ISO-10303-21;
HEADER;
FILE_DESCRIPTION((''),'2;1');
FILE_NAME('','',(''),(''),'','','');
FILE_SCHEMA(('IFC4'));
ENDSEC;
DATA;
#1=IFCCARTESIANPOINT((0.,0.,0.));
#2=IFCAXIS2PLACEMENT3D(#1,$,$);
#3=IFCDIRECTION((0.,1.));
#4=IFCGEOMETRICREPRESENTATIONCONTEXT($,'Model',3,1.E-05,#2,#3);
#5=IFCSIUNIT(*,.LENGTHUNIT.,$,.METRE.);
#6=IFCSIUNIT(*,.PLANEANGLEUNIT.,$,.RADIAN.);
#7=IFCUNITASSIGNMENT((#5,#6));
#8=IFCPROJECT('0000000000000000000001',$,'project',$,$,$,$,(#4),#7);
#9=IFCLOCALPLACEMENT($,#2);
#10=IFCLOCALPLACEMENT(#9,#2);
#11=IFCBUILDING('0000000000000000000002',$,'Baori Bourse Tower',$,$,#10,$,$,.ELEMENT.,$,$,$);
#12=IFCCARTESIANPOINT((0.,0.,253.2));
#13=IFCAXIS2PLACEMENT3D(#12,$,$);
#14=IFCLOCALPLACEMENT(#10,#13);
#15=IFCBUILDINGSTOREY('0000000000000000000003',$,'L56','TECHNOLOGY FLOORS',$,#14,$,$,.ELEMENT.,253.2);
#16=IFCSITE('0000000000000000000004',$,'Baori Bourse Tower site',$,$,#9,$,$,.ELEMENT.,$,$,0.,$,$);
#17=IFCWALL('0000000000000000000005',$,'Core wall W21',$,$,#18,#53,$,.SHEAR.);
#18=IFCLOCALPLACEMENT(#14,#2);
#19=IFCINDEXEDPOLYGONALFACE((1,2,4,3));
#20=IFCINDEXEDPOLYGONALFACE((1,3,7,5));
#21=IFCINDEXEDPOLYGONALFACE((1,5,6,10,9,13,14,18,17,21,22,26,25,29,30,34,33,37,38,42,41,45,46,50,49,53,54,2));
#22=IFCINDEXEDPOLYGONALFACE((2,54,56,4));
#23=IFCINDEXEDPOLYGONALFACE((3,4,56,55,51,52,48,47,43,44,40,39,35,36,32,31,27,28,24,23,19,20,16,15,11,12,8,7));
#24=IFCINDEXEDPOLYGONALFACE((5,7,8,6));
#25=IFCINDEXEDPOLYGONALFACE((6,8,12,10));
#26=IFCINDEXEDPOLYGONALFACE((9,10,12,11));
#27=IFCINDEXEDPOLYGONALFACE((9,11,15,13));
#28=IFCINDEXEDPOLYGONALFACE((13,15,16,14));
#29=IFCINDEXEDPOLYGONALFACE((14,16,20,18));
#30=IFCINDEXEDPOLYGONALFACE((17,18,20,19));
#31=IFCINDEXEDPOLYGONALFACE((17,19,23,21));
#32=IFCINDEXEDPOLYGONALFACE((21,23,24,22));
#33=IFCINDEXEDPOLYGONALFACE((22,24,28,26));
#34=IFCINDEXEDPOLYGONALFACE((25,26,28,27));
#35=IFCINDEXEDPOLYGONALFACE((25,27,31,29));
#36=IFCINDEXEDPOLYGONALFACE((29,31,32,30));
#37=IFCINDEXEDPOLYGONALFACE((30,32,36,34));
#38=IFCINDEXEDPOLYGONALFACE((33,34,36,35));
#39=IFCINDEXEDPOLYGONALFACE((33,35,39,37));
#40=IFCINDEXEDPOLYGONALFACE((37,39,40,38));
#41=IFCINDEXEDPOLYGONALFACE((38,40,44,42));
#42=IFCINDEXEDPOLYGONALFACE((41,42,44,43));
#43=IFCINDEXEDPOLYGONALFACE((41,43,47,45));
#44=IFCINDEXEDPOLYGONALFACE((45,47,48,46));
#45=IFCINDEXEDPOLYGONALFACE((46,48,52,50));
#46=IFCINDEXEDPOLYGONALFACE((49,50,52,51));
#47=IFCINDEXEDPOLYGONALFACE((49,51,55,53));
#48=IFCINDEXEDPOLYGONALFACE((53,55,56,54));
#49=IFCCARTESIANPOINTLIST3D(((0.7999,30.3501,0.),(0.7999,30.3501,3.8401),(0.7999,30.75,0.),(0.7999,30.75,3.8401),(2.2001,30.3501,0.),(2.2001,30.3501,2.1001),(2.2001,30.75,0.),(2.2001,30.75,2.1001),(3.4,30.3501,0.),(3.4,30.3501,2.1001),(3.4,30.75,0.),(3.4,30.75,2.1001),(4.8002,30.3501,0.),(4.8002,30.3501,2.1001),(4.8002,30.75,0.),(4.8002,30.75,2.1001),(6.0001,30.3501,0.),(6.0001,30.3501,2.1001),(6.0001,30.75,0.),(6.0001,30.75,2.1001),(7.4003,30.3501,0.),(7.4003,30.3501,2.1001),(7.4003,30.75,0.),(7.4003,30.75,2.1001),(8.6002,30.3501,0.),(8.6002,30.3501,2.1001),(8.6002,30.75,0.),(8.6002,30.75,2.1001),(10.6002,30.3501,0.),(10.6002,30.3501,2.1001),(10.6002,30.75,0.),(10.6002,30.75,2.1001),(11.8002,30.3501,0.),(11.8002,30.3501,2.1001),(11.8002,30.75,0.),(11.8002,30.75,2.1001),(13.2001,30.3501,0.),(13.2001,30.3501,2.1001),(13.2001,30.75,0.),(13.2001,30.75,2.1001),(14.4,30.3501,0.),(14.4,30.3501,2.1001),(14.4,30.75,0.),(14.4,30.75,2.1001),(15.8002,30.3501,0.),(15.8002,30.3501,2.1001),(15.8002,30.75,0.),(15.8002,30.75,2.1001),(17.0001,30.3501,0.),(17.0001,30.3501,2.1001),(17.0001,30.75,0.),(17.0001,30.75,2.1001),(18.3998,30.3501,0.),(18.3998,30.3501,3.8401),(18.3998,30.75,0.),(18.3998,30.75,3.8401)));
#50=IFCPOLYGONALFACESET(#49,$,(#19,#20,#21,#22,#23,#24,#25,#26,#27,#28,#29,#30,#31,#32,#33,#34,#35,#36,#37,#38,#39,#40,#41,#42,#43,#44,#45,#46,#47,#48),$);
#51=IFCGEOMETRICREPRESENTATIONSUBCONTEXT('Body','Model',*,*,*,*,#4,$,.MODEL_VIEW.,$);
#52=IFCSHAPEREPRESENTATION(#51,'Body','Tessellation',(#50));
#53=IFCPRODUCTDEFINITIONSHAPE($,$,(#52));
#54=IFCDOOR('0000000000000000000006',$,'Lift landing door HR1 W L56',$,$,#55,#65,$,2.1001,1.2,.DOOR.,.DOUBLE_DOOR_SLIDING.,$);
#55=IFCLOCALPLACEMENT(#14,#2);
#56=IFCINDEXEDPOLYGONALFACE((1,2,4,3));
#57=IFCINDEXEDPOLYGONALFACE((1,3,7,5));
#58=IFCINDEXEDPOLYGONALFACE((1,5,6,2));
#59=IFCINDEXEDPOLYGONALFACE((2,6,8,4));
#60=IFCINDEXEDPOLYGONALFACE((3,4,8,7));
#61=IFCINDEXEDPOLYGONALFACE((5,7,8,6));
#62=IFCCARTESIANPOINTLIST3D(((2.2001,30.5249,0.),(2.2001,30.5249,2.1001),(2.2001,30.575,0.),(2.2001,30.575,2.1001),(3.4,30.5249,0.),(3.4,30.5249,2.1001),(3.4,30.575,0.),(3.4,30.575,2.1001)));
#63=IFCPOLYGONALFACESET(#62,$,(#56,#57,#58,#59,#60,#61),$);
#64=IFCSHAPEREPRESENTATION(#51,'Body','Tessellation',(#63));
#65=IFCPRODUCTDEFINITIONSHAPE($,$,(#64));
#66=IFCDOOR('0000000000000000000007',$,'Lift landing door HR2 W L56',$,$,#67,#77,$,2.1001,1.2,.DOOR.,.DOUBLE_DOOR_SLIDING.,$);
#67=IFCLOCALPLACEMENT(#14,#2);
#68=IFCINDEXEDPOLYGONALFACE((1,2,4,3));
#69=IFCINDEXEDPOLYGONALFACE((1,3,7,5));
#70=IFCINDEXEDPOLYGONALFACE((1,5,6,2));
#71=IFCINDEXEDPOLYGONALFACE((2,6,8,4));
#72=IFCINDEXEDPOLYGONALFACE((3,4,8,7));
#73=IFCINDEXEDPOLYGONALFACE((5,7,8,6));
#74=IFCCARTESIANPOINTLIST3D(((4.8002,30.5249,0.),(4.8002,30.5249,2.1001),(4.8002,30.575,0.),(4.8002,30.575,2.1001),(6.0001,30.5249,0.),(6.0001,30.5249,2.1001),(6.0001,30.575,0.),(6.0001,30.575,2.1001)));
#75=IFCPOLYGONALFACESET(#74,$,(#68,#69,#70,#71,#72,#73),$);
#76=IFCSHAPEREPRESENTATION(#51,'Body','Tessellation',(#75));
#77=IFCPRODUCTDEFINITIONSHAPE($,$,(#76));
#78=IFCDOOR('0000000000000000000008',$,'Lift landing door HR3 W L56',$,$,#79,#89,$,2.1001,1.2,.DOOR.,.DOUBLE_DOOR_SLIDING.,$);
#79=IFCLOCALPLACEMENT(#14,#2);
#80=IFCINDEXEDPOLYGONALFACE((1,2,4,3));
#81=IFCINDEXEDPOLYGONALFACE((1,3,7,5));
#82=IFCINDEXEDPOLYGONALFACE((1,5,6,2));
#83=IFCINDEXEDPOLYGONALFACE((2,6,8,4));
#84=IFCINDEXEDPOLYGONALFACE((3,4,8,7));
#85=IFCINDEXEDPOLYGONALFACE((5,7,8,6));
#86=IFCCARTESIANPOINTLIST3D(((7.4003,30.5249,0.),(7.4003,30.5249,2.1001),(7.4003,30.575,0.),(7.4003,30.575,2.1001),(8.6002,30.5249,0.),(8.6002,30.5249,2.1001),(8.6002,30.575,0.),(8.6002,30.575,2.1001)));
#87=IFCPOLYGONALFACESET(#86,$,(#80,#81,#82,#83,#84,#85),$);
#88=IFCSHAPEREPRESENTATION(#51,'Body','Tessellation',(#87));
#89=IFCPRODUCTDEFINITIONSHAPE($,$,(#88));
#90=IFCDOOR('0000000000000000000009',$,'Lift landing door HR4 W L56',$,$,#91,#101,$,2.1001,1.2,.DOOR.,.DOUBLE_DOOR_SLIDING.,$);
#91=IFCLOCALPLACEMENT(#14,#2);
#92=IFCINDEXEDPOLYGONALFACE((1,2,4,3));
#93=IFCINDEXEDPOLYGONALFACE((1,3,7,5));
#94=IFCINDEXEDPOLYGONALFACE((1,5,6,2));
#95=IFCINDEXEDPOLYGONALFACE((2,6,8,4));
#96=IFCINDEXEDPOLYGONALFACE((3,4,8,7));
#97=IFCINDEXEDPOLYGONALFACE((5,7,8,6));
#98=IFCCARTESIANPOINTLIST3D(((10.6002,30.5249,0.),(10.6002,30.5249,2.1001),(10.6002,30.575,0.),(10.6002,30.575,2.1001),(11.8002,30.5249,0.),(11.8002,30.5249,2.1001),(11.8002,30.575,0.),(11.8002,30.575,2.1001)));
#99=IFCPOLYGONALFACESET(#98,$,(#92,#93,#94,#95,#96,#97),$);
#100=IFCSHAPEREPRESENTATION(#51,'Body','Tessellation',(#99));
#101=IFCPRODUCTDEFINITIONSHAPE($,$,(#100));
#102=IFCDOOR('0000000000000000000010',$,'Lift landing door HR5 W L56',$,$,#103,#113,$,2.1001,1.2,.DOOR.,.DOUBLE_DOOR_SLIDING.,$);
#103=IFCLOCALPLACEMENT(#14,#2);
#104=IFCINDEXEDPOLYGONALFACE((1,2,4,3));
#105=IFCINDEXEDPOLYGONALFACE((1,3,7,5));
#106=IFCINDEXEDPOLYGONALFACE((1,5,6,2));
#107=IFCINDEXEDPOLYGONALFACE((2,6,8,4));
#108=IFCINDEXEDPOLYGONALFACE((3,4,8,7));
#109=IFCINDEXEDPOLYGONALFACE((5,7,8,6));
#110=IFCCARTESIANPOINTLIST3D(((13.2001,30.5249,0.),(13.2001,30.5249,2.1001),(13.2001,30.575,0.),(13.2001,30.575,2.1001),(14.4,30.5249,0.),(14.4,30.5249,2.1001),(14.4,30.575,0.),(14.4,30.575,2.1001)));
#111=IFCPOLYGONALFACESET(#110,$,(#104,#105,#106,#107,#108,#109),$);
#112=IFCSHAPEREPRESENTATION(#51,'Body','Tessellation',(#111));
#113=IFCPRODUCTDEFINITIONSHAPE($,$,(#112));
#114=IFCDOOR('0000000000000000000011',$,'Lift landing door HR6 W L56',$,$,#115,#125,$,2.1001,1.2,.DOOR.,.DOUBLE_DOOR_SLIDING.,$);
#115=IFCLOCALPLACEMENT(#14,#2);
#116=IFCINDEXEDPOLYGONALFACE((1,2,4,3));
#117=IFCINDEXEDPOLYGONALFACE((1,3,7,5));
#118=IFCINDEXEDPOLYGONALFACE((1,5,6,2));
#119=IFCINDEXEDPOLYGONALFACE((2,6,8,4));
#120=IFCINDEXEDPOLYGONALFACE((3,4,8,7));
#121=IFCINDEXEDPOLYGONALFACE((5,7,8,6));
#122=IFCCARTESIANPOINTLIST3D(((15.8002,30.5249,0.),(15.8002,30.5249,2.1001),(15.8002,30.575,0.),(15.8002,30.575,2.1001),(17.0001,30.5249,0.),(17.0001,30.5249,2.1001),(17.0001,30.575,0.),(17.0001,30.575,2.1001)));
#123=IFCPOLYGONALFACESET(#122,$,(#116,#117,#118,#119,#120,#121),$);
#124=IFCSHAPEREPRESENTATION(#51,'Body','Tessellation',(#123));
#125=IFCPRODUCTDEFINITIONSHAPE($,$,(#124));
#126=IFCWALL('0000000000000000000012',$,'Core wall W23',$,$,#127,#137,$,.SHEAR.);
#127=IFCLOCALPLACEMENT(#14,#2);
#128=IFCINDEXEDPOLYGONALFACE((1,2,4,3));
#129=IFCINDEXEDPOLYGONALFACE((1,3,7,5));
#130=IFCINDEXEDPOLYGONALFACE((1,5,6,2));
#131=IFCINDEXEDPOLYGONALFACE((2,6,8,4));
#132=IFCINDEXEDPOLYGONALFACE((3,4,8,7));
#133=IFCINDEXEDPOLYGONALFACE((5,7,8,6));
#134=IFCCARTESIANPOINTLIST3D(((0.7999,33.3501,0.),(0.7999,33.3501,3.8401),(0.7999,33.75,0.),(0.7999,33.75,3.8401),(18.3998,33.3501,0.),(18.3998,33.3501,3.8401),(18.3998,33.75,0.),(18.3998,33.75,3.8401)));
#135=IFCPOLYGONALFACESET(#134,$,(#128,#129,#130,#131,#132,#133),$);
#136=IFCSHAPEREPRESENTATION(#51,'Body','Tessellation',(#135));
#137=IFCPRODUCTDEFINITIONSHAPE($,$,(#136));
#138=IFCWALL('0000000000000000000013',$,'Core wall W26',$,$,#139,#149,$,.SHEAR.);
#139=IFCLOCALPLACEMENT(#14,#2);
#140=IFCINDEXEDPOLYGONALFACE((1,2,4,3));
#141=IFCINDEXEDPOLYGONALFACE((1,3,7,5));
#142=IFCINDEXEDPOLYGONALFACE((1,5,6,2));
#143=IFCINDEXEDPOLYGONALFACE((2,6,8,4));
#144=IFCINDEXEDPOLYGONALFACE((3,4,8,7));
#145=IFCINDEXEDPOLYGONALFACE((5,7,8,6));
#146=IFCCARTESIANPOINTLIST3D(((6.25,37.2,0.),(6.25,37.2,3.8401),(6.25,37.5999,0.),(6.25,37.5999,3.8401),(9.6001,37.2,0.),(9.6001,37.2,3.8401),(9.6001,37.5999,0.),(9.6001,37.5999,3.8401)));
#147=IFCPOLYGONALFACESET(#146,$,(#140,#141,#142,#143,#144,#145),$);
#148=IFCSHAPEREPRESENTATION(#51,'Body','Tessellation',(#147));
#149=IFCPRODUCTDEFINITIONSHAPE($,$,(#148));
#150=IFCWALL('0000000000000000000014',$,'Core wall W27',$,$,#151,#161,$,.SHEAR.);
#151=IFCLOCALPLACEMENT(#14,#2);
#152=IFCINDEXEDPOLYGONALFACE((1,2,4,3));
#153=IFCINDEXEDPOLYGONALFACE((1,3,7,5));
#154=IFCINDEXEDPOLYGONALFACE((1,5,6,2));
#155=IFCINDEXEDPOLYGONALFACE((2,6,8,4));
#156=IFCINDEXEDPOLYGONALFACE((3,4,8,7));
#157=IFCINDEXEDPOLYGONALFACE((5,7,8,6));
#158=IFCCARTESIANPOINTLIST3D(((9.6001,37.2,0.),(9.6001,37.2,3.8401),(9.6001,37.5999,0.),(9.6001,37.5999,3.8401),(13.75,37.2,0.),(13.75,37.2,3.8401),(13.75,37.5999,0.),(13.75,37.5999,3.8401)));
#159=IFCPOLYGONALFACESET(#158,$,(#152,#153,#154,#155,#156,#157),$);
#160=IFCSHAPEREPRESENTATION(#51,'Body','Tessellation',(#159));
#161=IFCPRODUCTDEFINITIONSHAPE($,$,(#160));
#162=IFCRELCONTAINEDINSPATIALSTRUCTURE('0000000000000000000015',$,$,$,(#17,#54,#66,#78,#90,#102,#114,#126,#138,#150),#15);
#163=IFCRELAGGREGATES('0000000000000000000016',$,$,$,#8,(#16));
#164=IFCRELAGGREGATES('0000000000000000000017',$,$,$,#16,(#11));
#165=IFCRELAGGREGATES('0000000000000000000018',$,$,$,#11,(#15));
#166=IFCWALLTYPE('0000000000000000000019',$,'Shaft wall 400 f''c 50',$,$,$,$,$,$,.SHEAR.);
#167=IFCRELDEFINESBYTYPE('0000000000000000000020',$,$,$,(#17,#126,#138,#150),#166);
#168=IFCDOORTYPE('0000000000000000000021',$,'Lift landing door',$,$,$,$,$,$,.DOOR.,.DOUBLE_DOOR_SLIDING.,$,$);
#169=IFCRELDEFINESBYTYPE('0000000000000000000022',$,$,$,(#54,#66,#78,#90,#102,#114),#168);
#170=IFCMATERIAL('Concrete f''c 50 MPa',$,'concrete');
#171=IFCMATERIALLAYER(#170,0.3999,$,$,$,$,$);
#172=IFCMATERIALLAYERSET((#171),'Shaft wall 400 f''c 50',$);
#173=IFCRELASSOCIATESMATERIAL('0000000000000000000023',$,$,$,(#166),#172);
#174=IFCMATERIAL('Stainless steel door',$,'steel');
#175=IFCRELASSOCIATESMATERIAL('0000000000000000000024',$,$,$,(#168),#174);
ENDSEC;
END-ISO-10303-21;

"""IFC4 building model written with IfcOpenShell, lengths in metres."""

from ifc_helpers import new_model, si_unit, direction, frame, frame_2d, origin, place, context, subcontext, project, spatial, rectangle, extrude, material, layer, layer_set, type_object, element, fill, save


model = new_model("IFC4")

# Units and contexts
model_context = context("Model", 3, precision=1e-05, world=origin(), true_north=direction((0.0, 1.0)))
body_context = subcontext(model_context, "Body", "Model", "MODEL_VIEW")
ifc_project = project(units=[si_unit("LENGTHUNIT", "METRE"), si_unit("PLANEANGLEUNIT", "RADIAN")], contexts=[model_context])

# Site, building, storey
site_placement = place(None, origin())
site = spatial("IfcSite", under=ifc_project, at=site_placement, Name="Baori Bourse Tower site", CompositionType="ELEMENT", RefElevation=0.0)
building_placement = place(site_placement, origin())
building = spatial("IfcBuilding", under=site, at=building_placement, Name="Baori Bourse Tower", CompositionType="ELEMENT")
storey_placement = place(building_placement, frame((0.0, 0.0, 253.2)))
storey = spatial("IfcBuildingStorey", under=building, at=storey_placement, Name="L56", Description="TECHNOLOGY FLOORS", CompositionType="ELEMENT", Elevation=253.2)

# Wall, openings, doors
ifc_material_1 = material(Name="Concrete f'c 50 MPa", Category="concrete")
ifc_layer_1 = layer(ifc_material_1, 0.3999)
ifc_layer_set_1 = layer_set([ifc_layer_1], Name="Shaft wall 400 f'c 50")
wall_type_1 = type_object("IfcWallType", Name="Shaft wall 400 f'c 50", PredefinedType="SHEAR", material=ifc_layer_set_1)
ifc_material_2 = material(Name="Stainless steel door", Category="steel")
door_type_1 = type_object("IfcDoorType", Name="Lift landing door", OperationType="DOUBLE_DOOR_SLIDING", PredefinedType="DOOR", material=ifc_material_2)
wall_1_placement = place(storey_placement, frame((0.8, 30.55, 0.0), z_axis=(0.0, 0.0, 1.0), x_axis=(1.0, 0.0, 0.0)))
wall_1 = element("IfcWall", 1, at=wall_1_placement, inside=storey, type_object=wall_type_1, Name="Core wall W21", PredefinedType="SHEAR", context=body_context, shape_type="SweptSolid", body=[
    extrude(rectangle(XDim=17.5999, YDim=0.3999, at=frame_2d((8.7998, 0.0))), origin(), (0.0, 0.0, 1.0), 3.8401),
])
opening_1_placement = place(wall_1_placement, frame((1.3999, 0.0, 0.0)))
opening_1 = element("IfcOpeningElement", 2, at=opening_1_placement, cuts=wall_1, PredefinedType="OPENING", context=body_context, shape_type="SweptSolid", body=[
    extrude(rectangle(XDim=1.2, YDim=2.1001, at=frame_2d((0.6001, 1.05))), frame((0.0, 0.21, 0.0), z_axis=(0.0, -1.0, 0.0), x_axis=(1.0, 0.0, 0.0)), (0.0, 0.0, 1.0), 0.4199),
])
opening_2_placement = place(wall_1_placement, frame((4.0, 0.0, 0.0)))
opening_2 = element("IfcOpeningElement", 3, at=opening_2_placement, cuts=wall_1, PredefinedType="OPENING", context=body_context, shape_type="SweptSolid", body=[
    extrude(rectangle(XDim=1.2, YDim=2.1001, at=frame_2d((0.6001, 1.05))), frame((0.0, 0.21, 0.0), z_axis=(0.0, -1.0, 0.0), x_axis=(1.0, 0.0, 0.0)), (0.0, 0.0, 1.0), 0.4199),
])
opening_3_placement = place(wall_1_placement, frame((6.6001, 0.0, 0.0)))
opening_3 = element("IfcOpeningElement", 4, at=opening_3_placement, cuts=wall_1, PredefinedType="OPENING", context=body_context, shape_type="SweptSolid", body=[
    extrude(rectangle(XDim=1.2, YDim=2.1001, at=frame_2d((0.6001, 1.05))), frame((0.0, 0.21, 0.0), z_axis=(0.0, -1.0, 0.0), x_axis=(1.0, 0.0, 0.0)), (0.0, 0.0, 1.0), 0.4199),
])
opening_4_placement = place(wall_1_placement, frame((9.8, 0.0, 0.0)))
opening_4 = element("IfcOpeningElement", 5, at=opening_4_placement, cuts=wall_1, PredefinedType="OPENING", context=body_context, shape_type="SweptSolid", body=[
    extrude(rectangle(XDim=1.2, YDim=2.1001, at=frame_2d((0.6001, 1.05))), frame((0.0, 0.21, 0.0), z_axis=(0.0, -1.0, 0.0), x_axis=(1.0, 0.0, 0.0)), (0.0, 0.0, 1.0), 0.4199),
])
opening_5_placement = place(wall_1_placement, frame((12.3999, 0.0, 0.0)))
opening_5 = element("IfcOpeningElement", 6, at=opening_5_placement, cuts=wall_1, PredefinedType="OPENING", context=body_context, shape_type="SweptSolid", body=[
    extrude(rectangle(XDim=1.2, YDim=2.1001, at=frame_2d((0.6001, 1.05))), frame((0.0, 0.21, 0.0), z_axis=(0.0, -1.0, 0.0), x_axis=(1.0, 0.0, 0.0)), (0.0, 0.0, 1.0), 0.4199),
])
opening_6_placement = place(wall_1_placement, frame((15.0, 0.0, 0.0)))
opening_6 = element("IfcOpeningElement", 7, at=opening_6_placement, cuts=wall_1, PredefinedType="OPENING", context=body_context, shape_type="SweptSolid", body=[
    extrude(rectangle(XDim=1.2, YDim=2.1001, at=frame_2d((0.6001, 1.05))), frame((0.0, 0.21, 0.0), z_axis=(0.0, -1.0, 0.0), x_axis=(1.0, 0.0, 0.0)), (0.0, 0.0, 1.0), 0.4199),
])
door_1_placement = place(opening_1_placement, origin())
door_1 = element("IfcDoor", 8, at=door_1_placement, inside=storey, type_object=door_type_1, Name="Lift landing door HR1 W L56", OperationType="DOUBLE_DOOR_SLIDING", OverallHeight=2.1001, OverallWidth=1.2, PredefinedType="DOOR", context=body_context, shape_type="SweptSolid", body=[
    extrude(rectangle(XDim=1.2, YDim=2.1001, at=frame_2d((0.6001, 1.05))), frame((0.0, 0.0249, 0.0), z_axis=(0.0, -1.0, 0.0), x_axis=(1.0, 0.0, 0.0)), (0.0, 0.0, 1.0), 0.05),
])
fill(opening_1, door_1)
door_2_placement = place(opening_2_placement, origin())
door_2 = element("IfcDoor", 9, at=door_2_placement, inside=storey, type_object=door_type_1, Name="Lift landing door HR2 W L56", OperationType="DOUBLE_DOOR_SLIDING", OverallHeight=2.1001, OverallWidth=1.2, PredefinedType="DOOR", context=body_context, shape_type="SweptSolid", body=[
    extrude(rectangle(XDim=1.2, YDim=2.1001, at=frame_2d((0.6001, 1.05))), frame((0.0, 0.0249, 0.0), z_axis=(0.0, -1.0, 0.0), x_axis=(1.0, 0.0, 0.0)), (0.0, 0.0, 1.0), 0.05),
])
fill(opening_2, door_2)
door_3_placement = place(opening_3_placement, origin())
door_3 = element("IfcDoor", 10, at=door_3_placement, inside=storey, type_object=door_type_1, Name="Lift landing door HR3 W L56", OperationType="DOUBLE_DOOR_SLIDING", OverallHeight=2.1001, OverallWidth=1.2, PredefinedType="DOOR", context=body_context, shape_type="SweptSolid", body=[
    extrude(rectangle(XDim=1.2, YDim=2.1001, at=frame_2d((0.6001, 1.05))), frame((0.0, 0.0249, 0.0), z_axis=(0.0, -1.0, 0.0), x_axis=(1.0, 0.0, 0.0)), (0.0, 0.0, 1.0), 0.05),
])
fill(opening_3, door_3)
door_4_placement = place(opening_4_placement, origin())
door_4 = element("IfcDoor", 11, at=door_4_placement, inside=storey, type_object=door_type_1, Name="Lift landing door HR4 W L56", OperationType="DOUBLE_DOOR_SLIDING", OverallHeight=2.1001, OverallWidth=1.2, PredefinedType="DOOR", context=body_context, shape_type="SweptSolid", body=[
    extrude(rectangle(XDim=1.2, YDim=2.1001, at=frame_2d((0.6001, 1.05))), frame((0.0, 0.0249, 0.0), z_axis=(0.0, -1.0, 0.0), x_axis=(1.0, 0.0, 0.0)), (0.0, 0.0, 1.0), 0.05),
])
fill(opening_4, door_4)
door_5_placement = place(opening_5_placement, origin())
door_5 = element("IfcDoor", 12, at=door_5_placement, inside=storey, type_object=door_type_1, Name="Lift landing door HR5 W L56", OperationType="DOUBLE_DOOR_SLIDING", OverallHeight=2.1001, OverallWidth=1.2, PredefinedType="DOOR", context=body_context, shape_type="SweptSolid", body=[
    extrude(rectangle(XDim=1.2, YDim=2.1001, at=frame_2d((0.6001, 1.05))), frame((0.0, 0.0249, 0.0), z_axis=(0.0, -1.0, 0.0), x_axis=(1.0, 0.0, 0.0)), (0.0, 0.0, 1.0), 0.05),
])
fill(opening_5, door_5)
door_6_placement = place(opening_6_placement, origin())
door_6 = element("IfcDoor", 13, at=door_6_placement, inside=storey, type_object=door_type_1, Name="Lift landing door HR6 W L56", OperationType="DOUBLE_DOOR_SLIDING", OverallHeight=2.1001, OverallWidth=1.2, PredefinedType="DOOR", context=body_context, shape_type="SweptSolid", body=[
    extrude(rectangle(XDim=1.2, YDim=2.1001, at=frame_2d((0.6001, 1.05))), frame((0.0, 0.0249, 0.0), z_axis=(0.0, -1.0, 0.0), x_axis=(1.0, 0.0, 0.0)), (0.0, 0.0, 1.0), 0.05),
])
fill(opening_6, door_6)

# Walls
wall_2_placement = place(storey_placement, frame((0.8, 33.55, 0.0), z_axis=(0.0, 0.0, 1.0), x_axis=(1.0, 0.0, 0.0)))
element("IfcWall", 14, at=wall_2_placement, inside=storey, type_object=wall_type_1, Name="Core wall W23", PredefinedType="SHEAR", context=body_context, shape_type="SweptSolid", body=[
    extrude(rectangle(XDim=17.5999, YDim=0.3999, at=frame_2d((8.7998, 0.0))), origin(), (0.0, 0.0, 1.0), 3.8401),
])
wall_3_placement = place(storey_placement, frame((6.25, 37.3999, 0.0), z_axis=(0.0, 0.0, 1.0), x_axis=(1.0, 0.0, 0.0)))
element("IfcWall", 15, at=wall_3_placement, inside=storey, type_object=wall_type_1, Name="Core wall W26", PredefinedType="SHEAR", context=body_context, shape_type="SweptSolid", body=[
    extrude(rectangle(XDim=3.3501, YDim=0.3999, at=frame_2d((1.675, 0.0))), origin(), (0.0, 0.0, 1.0), 3.8401),
])
wall_4_placement = place(storey_placement, frame((9.6001, 37.3999, 0.0), z_axis=(0.0, 0.0, 1.0), x_axis=(1.0, 0.0, 0.0)))
element("IfcWall", 16, at=wall_4_placement, inside=storey, type_object=wall_type_1, Name="Core wall W27", PredefinedType="SHEAR", context=body_context, shape_type="SweptSolid", body=[
    extrude(rectangle(XDim=4.1499, YDim=0.3999, at=frame_2d((2.075, 0.0))), origin(), (0.0, 0.0, 1.0), 3.8401),
])

save(model, "model.ifc")
